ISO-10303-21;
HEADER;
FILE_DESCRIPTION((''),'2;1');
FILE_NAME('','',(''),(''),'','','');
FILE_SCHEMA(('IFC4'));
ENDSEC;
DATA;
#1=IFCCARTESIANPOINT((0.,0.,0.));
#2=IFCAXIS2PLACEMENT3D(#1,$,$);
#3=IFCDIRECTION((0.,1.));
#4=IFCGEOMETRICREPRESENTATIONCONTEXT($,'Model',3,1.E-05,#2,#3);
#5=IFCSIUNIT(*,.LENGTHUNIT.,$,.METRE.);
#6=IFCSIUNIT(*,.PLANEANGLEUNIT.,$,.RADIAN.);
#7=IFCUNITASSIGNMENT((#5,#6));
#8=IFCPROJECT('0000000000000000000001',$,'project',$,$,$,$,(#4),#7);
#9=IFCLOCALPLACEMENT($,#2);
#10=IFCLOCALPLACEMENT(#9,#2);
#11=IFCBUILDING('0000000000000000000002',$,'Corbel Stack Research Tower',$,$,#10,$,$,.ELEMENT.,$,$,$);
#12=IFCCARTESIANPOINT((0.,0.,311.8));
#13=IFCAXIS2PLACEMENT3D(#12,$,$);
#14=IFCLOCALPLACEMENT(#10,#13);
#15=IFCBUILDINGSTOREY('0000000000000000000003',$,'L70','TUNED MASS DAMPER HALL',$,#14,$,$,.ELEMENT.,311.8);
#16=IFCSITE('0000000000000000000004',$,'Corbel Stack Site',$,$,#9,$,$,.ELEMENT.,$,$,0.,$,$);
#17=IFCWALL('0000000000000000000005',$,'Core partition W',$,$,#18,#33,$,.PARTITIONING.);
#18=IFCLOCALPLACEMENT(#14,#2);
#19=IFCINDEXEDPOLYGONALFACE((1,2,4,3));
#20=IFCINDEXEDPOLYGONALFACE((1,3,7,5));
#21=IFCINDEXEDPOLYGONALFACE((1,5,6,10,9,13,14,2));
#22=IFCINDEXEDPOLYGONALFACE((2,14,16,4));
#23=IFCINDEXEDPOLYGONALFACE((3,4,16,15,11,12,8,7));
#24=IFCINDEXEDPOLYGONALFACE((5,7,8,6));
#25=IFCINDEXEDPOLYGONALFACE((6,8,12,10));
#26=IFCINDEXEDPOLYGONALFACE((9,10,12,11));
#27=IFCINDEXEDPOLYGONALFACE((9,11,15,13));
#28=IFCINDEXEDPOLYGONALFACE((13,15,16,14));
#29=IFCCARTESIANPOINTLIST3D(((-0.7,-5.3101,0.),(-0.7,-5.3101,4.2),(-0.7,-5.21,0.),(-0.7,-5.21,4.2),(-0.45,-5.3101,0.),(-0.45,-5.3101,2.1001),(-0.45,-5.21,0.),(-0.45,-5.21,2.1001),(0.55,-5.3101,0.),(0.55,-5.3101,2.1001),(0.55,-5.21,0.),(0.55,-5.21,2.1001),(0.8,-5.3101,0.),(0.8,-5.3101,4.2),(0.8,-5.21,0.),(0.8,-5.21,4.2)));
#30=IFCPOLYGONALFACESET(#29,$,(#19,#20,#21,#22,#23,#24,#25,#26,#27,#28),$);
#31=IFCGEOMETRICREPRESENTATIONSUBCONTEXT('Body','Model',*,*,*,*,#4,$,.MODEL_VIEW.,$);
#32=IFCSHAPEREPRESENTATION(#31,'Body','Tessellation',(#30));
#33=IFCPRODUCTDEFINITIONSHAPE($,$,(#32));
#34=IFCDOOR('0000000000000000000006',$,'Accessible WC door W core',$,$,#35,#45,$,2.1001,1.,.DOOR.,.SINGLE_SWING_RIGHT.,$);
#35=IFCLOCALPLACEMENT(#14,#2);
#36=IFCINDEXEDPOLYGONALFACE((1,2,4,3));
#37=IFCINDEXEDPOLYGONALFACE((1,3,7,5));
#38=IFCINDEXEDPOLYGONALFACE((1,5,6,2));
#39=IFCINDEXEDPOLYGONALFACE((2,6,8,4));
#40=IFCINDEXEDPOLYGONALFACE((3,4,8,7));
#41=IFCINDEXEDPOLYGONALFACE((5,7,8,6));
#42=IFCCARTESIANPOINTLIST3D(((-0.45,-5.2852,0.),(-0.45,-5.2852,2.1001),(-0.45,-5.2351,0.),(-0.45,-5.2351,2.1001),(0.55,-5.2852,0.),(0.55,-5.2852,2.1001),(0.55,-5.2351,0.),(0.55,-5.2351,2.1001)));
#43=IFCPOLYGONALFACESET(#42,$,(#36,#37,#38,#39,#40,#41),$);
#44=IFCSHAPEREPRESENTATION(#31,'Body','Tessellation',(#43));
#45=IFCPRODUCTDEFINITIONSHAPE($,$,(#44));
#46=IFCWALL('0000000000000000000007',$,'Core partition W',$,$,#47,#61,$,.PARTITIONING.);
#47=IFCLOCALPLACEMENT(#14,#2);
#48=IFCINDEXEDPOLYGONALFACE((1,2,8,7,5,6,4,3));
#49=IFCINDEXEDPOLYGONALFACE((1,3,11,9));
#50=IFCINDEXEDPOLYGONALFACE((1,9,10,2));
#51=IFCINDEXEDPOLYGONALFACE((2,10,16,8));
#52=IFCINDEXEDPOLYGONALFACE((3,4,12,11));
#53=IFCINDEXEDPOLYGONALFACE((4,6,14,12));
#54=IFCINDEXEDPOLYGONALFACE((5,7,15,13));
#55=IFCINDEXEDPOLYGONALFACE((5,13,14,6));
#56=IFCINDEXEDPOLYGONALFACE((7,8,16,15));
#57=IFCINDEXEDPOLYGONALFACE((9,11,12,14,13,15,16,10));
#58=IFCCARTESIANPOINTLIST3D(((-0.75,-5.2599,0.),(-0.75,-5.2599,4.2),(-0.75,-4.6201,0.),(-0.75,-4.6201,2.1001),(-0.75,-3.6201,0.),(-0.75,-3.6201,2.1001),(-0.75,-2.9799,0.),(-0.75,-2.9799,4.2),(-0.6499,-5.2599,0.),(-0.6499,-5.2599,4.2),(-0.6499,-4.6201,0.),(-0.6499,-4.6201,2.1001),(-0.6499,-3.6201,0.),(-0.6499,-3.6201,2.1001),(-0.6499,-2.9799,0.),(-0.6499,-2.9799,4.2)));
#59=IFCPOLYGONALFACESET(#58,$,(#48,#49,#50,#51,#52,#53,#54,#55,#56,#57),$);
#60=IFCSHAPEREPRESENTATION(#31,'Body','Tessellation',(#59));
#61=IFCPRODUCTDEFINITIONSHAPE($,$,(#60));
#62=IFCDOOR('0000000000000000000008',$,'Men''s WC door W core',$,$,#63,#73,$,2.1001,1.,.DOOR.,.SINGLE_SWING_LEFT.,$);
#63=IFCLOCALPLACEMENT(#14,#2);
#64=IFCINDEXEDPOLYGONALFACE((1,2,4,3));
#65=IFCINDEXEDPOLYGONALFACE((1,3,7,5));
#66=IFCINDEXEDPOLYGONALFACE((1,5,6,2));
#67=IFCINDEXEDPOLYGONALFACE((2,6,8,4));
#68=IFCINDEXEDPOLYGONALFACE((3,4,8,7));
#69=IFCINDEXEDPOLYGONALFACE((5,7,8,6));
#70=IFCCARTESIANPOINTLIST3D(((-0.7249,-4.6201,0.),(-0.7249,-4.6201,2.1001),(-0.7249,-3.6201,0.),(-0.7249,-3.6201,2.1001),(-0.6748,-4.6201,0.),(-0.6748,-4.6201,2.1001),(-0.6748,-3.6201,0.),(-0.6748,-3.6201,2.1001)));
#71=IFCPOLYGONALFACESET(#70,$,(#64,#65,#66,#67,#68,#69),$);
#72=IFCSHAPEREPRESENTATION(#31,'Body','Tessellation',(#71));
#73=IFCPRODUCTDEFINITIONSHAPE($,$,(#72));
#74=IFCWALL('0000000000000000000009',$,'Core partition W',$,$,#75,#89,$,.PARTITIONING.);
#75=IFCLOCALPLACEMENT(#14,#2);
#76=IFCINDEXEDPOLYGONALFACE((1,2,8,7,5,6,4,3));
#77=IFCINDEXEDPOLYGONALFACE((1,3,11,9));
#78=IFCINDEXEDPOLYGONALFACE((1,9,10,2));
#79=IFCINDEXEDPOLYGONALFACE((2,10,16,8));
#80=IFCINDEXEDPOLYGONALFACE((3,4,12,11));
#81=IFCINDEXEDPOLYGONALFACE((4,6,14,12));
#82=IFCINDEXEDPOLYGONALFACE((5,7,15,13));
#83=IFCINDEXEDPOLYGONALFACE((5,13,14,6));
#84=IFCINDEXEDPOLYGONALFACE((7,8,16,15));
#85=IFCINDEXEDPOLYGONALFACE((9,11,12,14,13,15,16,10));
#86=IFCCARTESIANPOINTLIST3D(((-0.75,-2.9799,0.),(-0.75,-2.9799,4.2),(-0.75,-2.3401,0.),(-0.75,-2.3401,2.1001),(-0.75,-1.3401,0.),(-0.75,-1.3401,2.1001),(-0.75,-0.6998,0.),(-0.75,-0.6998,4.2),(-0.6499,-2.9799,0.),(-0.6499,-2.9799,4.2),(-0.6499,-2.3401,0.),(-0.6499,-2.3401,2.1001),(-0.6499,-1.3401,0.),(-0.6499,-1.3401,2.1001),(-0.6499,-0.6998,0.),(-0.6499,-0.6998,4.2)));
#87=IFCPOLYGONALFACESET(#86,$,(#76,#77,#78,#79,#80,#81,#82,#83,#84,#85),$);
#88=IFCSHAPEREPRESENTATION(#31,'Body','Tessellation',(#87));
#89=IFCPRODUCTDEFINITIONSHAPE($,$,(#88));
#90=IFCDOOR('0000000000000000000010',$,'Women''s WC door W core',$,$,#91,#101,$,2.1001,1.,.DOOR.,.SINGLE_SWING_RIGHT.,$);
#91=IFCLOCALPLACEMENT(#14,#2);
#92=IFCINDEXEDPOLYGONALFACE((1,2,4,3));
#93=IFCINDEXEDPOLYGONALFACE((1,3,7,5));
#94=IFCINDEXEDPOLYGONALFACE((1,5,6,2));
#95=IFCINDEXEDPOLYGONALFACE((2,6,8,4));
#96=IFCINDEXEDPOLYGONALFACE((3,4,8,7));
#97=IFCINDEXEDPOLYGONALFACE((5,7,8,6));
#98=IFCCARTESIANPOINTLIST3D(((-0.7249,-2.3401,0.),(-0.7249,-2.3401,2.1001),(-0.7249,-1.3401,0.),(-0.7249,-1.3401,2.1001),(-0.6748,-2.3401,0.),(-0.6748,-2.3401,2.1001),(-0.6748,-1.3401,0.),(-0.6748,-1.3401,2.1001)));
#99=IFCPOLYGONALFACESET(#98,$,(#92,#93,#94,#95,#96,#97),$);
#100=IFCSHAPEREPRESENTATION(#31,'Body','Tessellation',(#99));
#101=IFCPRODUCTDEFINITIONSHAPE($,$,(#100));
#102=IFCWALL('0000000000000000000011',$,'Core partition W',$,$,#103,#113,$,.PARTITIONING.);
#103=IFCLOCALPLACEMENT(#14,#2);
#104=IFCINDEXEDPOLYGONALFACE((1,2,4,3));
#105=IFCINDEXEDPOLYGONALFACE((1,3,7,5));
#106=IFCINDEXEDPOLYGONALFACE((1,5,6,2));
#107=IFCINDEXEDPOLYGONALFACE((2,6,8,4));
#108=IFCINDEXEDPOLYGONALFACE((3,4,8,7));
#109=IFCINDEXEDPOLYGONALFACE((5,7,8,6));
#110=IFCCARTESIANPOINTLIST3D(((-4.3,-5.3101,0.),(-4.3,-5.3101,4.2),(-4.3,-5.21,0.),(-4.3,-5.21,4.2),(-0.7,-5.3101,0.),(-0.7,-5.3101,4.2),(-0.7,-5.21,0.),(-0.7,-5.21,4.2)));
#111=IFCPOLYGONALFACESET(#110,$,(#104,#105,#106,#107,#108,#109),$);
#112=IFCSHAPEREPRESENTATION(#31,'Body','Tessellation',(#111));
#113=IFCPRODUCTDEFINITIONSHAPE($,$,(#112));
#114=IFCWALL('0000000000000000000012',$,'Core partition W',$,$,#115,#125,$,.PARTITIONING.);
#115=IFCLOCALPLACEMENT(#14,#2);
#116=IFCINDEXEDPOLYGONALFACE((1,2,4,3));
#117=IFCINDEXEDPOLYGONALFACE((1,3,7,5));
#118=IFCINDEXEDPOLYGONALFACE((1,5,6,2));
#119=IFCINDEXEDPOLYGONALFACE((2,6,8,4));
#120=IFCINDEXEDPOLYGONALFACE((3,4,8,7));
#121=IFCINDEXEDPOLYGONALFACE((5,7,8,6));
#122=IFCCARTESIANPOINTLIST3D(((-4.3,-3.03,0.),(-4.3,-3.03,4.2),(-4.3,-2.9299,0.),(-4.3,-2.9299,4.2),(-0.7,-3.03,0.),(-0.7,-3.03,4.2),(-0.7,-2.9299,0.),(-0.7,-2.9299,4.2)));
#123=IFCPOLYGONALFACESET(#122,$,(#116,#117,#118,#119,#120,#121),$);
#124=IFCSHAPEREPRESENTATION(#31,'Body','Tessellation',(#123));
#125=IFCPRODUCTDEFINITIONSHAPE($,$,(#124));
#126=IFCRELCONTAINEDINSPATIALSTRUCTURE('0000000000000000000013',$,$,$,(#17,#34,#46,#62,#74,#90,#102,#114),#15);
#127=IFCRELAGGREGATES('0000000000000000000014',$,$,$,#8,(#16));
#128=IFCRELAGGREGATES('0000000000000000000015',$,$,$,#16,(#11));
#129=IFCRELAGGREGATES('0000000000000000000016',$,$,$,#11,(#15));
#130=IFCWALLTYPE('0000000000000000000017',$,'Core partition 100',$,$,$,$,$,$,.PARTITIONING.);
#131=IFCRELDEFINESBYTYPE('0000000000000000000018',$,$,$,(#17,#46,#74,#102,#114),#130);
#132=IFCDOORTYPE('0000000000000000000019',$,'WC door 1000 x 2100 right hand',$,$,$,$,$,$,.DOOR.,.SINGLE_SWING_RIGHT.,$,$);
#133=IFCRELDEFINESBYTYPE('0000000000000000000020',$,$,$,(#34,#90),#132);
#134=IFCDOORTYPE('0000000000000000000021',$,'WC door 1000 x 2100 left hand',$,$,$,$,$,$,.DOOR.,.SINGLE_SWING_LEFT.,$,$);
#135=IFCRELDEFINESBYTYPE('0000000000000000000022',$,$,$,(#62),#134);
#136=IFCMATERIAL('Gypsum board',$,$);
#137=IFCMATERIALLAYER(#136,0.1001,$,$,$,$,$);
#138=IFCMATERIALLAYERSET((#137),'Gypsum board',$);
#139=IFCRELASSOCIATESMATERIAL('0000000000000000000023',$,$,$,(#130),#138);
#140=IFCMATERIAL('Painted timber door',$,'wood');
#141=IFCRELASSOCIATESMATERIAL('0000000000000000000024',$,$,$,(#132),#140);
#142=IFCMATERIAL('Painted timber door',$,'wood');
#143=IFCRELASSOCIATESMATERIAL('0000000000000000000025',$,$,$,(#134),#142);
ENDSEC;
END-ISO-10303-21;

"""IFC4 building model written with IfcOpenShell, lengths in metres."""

from ifc_helpers import new_model, si_unit, direction, frame, frame_2d, origin, place, context, subcontext, project, spatial, rectangle, extrude, material, layer, layer_set, type_object, element, fill, save


model = new_model("IFC4")

# Units and contexts
model_context = context("Model", 3, precision=1e-05, world=origin(), true_north=direction((0.0, 1.0)))
body_context = subcontext(model_context, "Body", "Model", "MODEL_VIEW")
ifc_project = project(units=[si_unit("LENGTHUNIT", "METRE"), si_unit("PLANEANGLEUNIT", "RADIAN")], contexts=[model_context])

# Site, building, storey
site_placement = place(None, origin())
site = spatial("IfcSite", under=ifc_project, at=site_placement, Name="Corbel Stack Site", CompositionType="ELEMENT", RefElevation=0.0)
building_placement = place(site_placement, origin())
building = spatial("IfcBuilding", under=site, at=building_placement, Name="Corbel Stack Research Tower", CompositionType="ELEMENT")
storey_placement = place(building_placement, frame((0.0, 0.0, 311.8)))
storey = spatial("IfcBuildingStorey", under=building, at=storey_placement, Name="L70", Description="TUNED MASS DAMPER HALL", CompositionType="ELEMENT", Elevation=311.8)

# Walls, openings, doors
ifc_material_1 = material(Name="Gypsum board")
ifc_layer_1 = layer(ifc_material_1, 0.1001)
ifc_layer_set_1 = layer_set([ifc_layer_1], Name="Gypsum board")
wall_type_1 = type_object("IfcWallType", Name="Core partition 100", PredefinedType="PARTITIONING", material=ifc_layer_set_1)
wall_1_placement = place(storey_placement, frame((-0.7, -5.26, 0.0), z_axis=(0.0, 0.0, 1.0), x_axis=(1.0, 0.0, 0.0)))
wall_1 = element("IfcWall", 1, at=wall_1_placement, inside=storey, type_object=wall_type_1, Name="Core partition W", PredefinedType="PARTITIONING", context=body_context, shape_type="SweptSolid", body=[
    extrude(rectangle(XDim=1.5, YDim=0.1001, at=frame_2d((0.75, 0.0))), origin(), (0.0, 0.0, 1.0), 4.2),
])
opening_1_placement = place(wall_1_placement, frame((0.25, 0.0, 0.0)))
opening_1 = element("IfcOpeningElement", 2, at=opening_1_placement, cuts=wall_1, PredefinedType="OPENING", context=body_context, shape_type="SweptSolid", body=[
    extrude(rectangle(XDim=1.0, YDim=2.1001, at=frame_2d((0.5, 1.05))), frame((0.0, 0.0601, 0.0), z_axis=(0.0, -1.0, 0.0), x_axis=(1.0, 0.0, 0.0)), (0.0, 0.0, 1.0), 0.1201),
])
ifc_material_2 = material(Name="Painted timber door", Category="wood")
door_type_1 = type_object("IfcDoorType", Name="WC door 1000 x 2100 right hand", OperationType="SINGLE_SWING_RIGHT", PredefinedType="DOOR", material=ifc_material_2)
door_1_placement = place(opening_1_placement, origin())
door_1 = element("IfcDoor", 3, at=door_1_placement, inside=storey, type_object=door_type_1, Name="Accessible WC door W core", OperationType="SINGLE_SWING_RIGHT", OverallHeight=2.1001, OverallWidth=1.0, PredefinedType="DOOR", context=body_context, shape_type="SweptSolid", body=[
    extrude(rectangle(XDim=1.0, YDim=2.1001, at=frame_2d((0.5, 1.05))), frame((0.0, 0.0249, 0.0), z_axis=(0.0, -1.0, 0.0), x_axis=(1.0, 0.0, 0.0)), (0.0, 0.0, 1.0), 0.05),
])
fill(opening_1, door_1)
wall_2_placement = place(storey_placement, frame((-0.7, -5.26, 0.0), z_axis=(0.0, 0.0, 1.0), x_axis=(0.0, 1.0, 0.0)))
wall_2 = element("IfcWall", 4, at=wall_2_placement, inside=storey, type_object=wall_type_1, Name="Core partition W", PredefinedType="PARTITIONING", context=body_context, shape_type="SweptSolid", body=[
    extrude(rectangle(XDim=2.28, YDim=0.1001, at=frame_2d((1.1401, 0.0))), origin(), (0.0, 0.0, 1.0), 4.2),
])
opening_2_placement = place(wall_2_placement, frame((0.6399, 0.0, 0.0)))
opening_2 = element("IfcOpeningElement", 5, at=opening_2_placement, cuts=wall_2, PredefinedType="OPENING", context=body_context, shape_type="SweptSolid", body=[
    extrude(rectangle(XDim=1.0, YDim=2.1001, at=frame_2d((0.5, 1.05))), frame((0.0, 0.0601, 0.0), z_axis=(0.0, -1.0, 0.0), x_axis=(1.0, 0.0, 0.0)), (0.0, 0.0, 1.0), 0.1201),
])
ifc_material_3 = material(Name="Painted timber door", Category="wood")
door_type_2 = type_object("IfcDoorType", Name="WC door 1000 x 2100 left hand", OperationType="SINGLE_SWING_LEFT", PredefinedType="DOOR", material=ifc_material_3)
door_2_placement = place(opening_2_placement, origin())
door_2 = element("IfcDoor", 6, at=door_2_placement, inside=storey, type_object=door_type_2, Name="Men's WC door W core", OperationType="SINGLE_SWING_LEFT", OverallHeight=2.1001, OverallWidth=1.0, PredefinedType="DOOR", context=body_context, shape_type="SweptSolid", body=[
    extrude(rectangle(XDim=1.0, YDim=2.1001, at=frame_2d((0.5, 1.05))), frame((0.0, 0.0249, 0.0), z_axis=(0.0, -1.0, 0.0), x_axis=(1.0, 0.0, 0.0)), (0.0, 0.0, 1.0), 0.05),
])
fill(opening_2, door_2)
wall_3_placement = place(storey_placement, frame((-0.7, -2.98, 0.0), z_axis=(0.0, 0.0, 1.0), x_axis=(0.0, 1.0, 0.0)))
wall_3 = element("IfcWall", 7, at=wall_3_placement, inside=storey, type_object=wall_type_1, Name="Core partition W", PredefinedType="PARTITIONING", context=body_context, shape_type="SweptSolid", body=[
    extrude(rectangle(XDim=2.28, YDim=0.1001, at=frame_2d((1.1401, 0.0))), origin(), (0.0, 0.0, 1.0), 4.2),
])
opening_3_placement = place(wall_3_placement, frame((0.6399, 0.0, 0.0)))
opening_3 = element("IfcOpeningElement", 8, at=opening_3_placement, cuts=wall_3, PredefinedType="OPENING", context=body_context, shape_type="SweptSolid", body=[
    extrude(rectangle(XDim=1.0, YDim=2.1001, at=frame_2d((0.5, 1.05))), frame((0.0, 0.0601, 0.0), z_axis=(0.0, -1.0, 0.0), x_axis=(1.0, 0.0, 0.0)), (0.0, 0.0, 1.0), 0.1201),
])
door_3_placement = place(opening_3_placement, origin())
door_3 = element("IfcDoor", 9, at=door_3_placement, inside=storey, type_object=door_type_1, Name="Women's WC door W core", OperationType="SINGLE_SWING_RIGHT", OverallHeight=2.1001, OverallWidth=1.0, PredefinedType="DOOR", context=body_context, shape_type="SweptSolid", body=[
    extrude(rectangle(XDim=1.0, YDim=2.1001, at=frame_2d((0.5, 1.05))), frame((0.0, 0.0249, 0.0), z_axis=(0.0, -1.0, 0.0), x_axis=(1.0, 0.0, 0.0)), (0.0, 0.0, 1.0), 0.05),
])
fill(opening_3, door_3)

# Walls
for number, where, z_axis, x_axis, name in (
    (10, (-4.3, -5.26, 0.0), (0.0, 0.0, 1.0), (1.0, 0.0, 0.0), "Core partition W"),
    (11, (-4.3, -2.98, 0.0), (0.0, 0.0, 1.0), (1.0, 0.0, 0.0), "Core partition W"),
):
    element("IfcWall", number, at=place(storey_placement, frame(where, z_axis=z_axis, x_axis=x_axis)), inside=storey, type_object=wall_type_1, Name=name, PredefinedType="PARTITIONING", context=body_context, shape_type="SweptSolid", body=[
        extrude(rectangle(XDim=3.6001, YDim=0.1001, at=frame_2d((1.8, 0.0))), origin(), (0.0, 0.0, 1.0), 4.2),
    ])

save(model, "model.ifc")
